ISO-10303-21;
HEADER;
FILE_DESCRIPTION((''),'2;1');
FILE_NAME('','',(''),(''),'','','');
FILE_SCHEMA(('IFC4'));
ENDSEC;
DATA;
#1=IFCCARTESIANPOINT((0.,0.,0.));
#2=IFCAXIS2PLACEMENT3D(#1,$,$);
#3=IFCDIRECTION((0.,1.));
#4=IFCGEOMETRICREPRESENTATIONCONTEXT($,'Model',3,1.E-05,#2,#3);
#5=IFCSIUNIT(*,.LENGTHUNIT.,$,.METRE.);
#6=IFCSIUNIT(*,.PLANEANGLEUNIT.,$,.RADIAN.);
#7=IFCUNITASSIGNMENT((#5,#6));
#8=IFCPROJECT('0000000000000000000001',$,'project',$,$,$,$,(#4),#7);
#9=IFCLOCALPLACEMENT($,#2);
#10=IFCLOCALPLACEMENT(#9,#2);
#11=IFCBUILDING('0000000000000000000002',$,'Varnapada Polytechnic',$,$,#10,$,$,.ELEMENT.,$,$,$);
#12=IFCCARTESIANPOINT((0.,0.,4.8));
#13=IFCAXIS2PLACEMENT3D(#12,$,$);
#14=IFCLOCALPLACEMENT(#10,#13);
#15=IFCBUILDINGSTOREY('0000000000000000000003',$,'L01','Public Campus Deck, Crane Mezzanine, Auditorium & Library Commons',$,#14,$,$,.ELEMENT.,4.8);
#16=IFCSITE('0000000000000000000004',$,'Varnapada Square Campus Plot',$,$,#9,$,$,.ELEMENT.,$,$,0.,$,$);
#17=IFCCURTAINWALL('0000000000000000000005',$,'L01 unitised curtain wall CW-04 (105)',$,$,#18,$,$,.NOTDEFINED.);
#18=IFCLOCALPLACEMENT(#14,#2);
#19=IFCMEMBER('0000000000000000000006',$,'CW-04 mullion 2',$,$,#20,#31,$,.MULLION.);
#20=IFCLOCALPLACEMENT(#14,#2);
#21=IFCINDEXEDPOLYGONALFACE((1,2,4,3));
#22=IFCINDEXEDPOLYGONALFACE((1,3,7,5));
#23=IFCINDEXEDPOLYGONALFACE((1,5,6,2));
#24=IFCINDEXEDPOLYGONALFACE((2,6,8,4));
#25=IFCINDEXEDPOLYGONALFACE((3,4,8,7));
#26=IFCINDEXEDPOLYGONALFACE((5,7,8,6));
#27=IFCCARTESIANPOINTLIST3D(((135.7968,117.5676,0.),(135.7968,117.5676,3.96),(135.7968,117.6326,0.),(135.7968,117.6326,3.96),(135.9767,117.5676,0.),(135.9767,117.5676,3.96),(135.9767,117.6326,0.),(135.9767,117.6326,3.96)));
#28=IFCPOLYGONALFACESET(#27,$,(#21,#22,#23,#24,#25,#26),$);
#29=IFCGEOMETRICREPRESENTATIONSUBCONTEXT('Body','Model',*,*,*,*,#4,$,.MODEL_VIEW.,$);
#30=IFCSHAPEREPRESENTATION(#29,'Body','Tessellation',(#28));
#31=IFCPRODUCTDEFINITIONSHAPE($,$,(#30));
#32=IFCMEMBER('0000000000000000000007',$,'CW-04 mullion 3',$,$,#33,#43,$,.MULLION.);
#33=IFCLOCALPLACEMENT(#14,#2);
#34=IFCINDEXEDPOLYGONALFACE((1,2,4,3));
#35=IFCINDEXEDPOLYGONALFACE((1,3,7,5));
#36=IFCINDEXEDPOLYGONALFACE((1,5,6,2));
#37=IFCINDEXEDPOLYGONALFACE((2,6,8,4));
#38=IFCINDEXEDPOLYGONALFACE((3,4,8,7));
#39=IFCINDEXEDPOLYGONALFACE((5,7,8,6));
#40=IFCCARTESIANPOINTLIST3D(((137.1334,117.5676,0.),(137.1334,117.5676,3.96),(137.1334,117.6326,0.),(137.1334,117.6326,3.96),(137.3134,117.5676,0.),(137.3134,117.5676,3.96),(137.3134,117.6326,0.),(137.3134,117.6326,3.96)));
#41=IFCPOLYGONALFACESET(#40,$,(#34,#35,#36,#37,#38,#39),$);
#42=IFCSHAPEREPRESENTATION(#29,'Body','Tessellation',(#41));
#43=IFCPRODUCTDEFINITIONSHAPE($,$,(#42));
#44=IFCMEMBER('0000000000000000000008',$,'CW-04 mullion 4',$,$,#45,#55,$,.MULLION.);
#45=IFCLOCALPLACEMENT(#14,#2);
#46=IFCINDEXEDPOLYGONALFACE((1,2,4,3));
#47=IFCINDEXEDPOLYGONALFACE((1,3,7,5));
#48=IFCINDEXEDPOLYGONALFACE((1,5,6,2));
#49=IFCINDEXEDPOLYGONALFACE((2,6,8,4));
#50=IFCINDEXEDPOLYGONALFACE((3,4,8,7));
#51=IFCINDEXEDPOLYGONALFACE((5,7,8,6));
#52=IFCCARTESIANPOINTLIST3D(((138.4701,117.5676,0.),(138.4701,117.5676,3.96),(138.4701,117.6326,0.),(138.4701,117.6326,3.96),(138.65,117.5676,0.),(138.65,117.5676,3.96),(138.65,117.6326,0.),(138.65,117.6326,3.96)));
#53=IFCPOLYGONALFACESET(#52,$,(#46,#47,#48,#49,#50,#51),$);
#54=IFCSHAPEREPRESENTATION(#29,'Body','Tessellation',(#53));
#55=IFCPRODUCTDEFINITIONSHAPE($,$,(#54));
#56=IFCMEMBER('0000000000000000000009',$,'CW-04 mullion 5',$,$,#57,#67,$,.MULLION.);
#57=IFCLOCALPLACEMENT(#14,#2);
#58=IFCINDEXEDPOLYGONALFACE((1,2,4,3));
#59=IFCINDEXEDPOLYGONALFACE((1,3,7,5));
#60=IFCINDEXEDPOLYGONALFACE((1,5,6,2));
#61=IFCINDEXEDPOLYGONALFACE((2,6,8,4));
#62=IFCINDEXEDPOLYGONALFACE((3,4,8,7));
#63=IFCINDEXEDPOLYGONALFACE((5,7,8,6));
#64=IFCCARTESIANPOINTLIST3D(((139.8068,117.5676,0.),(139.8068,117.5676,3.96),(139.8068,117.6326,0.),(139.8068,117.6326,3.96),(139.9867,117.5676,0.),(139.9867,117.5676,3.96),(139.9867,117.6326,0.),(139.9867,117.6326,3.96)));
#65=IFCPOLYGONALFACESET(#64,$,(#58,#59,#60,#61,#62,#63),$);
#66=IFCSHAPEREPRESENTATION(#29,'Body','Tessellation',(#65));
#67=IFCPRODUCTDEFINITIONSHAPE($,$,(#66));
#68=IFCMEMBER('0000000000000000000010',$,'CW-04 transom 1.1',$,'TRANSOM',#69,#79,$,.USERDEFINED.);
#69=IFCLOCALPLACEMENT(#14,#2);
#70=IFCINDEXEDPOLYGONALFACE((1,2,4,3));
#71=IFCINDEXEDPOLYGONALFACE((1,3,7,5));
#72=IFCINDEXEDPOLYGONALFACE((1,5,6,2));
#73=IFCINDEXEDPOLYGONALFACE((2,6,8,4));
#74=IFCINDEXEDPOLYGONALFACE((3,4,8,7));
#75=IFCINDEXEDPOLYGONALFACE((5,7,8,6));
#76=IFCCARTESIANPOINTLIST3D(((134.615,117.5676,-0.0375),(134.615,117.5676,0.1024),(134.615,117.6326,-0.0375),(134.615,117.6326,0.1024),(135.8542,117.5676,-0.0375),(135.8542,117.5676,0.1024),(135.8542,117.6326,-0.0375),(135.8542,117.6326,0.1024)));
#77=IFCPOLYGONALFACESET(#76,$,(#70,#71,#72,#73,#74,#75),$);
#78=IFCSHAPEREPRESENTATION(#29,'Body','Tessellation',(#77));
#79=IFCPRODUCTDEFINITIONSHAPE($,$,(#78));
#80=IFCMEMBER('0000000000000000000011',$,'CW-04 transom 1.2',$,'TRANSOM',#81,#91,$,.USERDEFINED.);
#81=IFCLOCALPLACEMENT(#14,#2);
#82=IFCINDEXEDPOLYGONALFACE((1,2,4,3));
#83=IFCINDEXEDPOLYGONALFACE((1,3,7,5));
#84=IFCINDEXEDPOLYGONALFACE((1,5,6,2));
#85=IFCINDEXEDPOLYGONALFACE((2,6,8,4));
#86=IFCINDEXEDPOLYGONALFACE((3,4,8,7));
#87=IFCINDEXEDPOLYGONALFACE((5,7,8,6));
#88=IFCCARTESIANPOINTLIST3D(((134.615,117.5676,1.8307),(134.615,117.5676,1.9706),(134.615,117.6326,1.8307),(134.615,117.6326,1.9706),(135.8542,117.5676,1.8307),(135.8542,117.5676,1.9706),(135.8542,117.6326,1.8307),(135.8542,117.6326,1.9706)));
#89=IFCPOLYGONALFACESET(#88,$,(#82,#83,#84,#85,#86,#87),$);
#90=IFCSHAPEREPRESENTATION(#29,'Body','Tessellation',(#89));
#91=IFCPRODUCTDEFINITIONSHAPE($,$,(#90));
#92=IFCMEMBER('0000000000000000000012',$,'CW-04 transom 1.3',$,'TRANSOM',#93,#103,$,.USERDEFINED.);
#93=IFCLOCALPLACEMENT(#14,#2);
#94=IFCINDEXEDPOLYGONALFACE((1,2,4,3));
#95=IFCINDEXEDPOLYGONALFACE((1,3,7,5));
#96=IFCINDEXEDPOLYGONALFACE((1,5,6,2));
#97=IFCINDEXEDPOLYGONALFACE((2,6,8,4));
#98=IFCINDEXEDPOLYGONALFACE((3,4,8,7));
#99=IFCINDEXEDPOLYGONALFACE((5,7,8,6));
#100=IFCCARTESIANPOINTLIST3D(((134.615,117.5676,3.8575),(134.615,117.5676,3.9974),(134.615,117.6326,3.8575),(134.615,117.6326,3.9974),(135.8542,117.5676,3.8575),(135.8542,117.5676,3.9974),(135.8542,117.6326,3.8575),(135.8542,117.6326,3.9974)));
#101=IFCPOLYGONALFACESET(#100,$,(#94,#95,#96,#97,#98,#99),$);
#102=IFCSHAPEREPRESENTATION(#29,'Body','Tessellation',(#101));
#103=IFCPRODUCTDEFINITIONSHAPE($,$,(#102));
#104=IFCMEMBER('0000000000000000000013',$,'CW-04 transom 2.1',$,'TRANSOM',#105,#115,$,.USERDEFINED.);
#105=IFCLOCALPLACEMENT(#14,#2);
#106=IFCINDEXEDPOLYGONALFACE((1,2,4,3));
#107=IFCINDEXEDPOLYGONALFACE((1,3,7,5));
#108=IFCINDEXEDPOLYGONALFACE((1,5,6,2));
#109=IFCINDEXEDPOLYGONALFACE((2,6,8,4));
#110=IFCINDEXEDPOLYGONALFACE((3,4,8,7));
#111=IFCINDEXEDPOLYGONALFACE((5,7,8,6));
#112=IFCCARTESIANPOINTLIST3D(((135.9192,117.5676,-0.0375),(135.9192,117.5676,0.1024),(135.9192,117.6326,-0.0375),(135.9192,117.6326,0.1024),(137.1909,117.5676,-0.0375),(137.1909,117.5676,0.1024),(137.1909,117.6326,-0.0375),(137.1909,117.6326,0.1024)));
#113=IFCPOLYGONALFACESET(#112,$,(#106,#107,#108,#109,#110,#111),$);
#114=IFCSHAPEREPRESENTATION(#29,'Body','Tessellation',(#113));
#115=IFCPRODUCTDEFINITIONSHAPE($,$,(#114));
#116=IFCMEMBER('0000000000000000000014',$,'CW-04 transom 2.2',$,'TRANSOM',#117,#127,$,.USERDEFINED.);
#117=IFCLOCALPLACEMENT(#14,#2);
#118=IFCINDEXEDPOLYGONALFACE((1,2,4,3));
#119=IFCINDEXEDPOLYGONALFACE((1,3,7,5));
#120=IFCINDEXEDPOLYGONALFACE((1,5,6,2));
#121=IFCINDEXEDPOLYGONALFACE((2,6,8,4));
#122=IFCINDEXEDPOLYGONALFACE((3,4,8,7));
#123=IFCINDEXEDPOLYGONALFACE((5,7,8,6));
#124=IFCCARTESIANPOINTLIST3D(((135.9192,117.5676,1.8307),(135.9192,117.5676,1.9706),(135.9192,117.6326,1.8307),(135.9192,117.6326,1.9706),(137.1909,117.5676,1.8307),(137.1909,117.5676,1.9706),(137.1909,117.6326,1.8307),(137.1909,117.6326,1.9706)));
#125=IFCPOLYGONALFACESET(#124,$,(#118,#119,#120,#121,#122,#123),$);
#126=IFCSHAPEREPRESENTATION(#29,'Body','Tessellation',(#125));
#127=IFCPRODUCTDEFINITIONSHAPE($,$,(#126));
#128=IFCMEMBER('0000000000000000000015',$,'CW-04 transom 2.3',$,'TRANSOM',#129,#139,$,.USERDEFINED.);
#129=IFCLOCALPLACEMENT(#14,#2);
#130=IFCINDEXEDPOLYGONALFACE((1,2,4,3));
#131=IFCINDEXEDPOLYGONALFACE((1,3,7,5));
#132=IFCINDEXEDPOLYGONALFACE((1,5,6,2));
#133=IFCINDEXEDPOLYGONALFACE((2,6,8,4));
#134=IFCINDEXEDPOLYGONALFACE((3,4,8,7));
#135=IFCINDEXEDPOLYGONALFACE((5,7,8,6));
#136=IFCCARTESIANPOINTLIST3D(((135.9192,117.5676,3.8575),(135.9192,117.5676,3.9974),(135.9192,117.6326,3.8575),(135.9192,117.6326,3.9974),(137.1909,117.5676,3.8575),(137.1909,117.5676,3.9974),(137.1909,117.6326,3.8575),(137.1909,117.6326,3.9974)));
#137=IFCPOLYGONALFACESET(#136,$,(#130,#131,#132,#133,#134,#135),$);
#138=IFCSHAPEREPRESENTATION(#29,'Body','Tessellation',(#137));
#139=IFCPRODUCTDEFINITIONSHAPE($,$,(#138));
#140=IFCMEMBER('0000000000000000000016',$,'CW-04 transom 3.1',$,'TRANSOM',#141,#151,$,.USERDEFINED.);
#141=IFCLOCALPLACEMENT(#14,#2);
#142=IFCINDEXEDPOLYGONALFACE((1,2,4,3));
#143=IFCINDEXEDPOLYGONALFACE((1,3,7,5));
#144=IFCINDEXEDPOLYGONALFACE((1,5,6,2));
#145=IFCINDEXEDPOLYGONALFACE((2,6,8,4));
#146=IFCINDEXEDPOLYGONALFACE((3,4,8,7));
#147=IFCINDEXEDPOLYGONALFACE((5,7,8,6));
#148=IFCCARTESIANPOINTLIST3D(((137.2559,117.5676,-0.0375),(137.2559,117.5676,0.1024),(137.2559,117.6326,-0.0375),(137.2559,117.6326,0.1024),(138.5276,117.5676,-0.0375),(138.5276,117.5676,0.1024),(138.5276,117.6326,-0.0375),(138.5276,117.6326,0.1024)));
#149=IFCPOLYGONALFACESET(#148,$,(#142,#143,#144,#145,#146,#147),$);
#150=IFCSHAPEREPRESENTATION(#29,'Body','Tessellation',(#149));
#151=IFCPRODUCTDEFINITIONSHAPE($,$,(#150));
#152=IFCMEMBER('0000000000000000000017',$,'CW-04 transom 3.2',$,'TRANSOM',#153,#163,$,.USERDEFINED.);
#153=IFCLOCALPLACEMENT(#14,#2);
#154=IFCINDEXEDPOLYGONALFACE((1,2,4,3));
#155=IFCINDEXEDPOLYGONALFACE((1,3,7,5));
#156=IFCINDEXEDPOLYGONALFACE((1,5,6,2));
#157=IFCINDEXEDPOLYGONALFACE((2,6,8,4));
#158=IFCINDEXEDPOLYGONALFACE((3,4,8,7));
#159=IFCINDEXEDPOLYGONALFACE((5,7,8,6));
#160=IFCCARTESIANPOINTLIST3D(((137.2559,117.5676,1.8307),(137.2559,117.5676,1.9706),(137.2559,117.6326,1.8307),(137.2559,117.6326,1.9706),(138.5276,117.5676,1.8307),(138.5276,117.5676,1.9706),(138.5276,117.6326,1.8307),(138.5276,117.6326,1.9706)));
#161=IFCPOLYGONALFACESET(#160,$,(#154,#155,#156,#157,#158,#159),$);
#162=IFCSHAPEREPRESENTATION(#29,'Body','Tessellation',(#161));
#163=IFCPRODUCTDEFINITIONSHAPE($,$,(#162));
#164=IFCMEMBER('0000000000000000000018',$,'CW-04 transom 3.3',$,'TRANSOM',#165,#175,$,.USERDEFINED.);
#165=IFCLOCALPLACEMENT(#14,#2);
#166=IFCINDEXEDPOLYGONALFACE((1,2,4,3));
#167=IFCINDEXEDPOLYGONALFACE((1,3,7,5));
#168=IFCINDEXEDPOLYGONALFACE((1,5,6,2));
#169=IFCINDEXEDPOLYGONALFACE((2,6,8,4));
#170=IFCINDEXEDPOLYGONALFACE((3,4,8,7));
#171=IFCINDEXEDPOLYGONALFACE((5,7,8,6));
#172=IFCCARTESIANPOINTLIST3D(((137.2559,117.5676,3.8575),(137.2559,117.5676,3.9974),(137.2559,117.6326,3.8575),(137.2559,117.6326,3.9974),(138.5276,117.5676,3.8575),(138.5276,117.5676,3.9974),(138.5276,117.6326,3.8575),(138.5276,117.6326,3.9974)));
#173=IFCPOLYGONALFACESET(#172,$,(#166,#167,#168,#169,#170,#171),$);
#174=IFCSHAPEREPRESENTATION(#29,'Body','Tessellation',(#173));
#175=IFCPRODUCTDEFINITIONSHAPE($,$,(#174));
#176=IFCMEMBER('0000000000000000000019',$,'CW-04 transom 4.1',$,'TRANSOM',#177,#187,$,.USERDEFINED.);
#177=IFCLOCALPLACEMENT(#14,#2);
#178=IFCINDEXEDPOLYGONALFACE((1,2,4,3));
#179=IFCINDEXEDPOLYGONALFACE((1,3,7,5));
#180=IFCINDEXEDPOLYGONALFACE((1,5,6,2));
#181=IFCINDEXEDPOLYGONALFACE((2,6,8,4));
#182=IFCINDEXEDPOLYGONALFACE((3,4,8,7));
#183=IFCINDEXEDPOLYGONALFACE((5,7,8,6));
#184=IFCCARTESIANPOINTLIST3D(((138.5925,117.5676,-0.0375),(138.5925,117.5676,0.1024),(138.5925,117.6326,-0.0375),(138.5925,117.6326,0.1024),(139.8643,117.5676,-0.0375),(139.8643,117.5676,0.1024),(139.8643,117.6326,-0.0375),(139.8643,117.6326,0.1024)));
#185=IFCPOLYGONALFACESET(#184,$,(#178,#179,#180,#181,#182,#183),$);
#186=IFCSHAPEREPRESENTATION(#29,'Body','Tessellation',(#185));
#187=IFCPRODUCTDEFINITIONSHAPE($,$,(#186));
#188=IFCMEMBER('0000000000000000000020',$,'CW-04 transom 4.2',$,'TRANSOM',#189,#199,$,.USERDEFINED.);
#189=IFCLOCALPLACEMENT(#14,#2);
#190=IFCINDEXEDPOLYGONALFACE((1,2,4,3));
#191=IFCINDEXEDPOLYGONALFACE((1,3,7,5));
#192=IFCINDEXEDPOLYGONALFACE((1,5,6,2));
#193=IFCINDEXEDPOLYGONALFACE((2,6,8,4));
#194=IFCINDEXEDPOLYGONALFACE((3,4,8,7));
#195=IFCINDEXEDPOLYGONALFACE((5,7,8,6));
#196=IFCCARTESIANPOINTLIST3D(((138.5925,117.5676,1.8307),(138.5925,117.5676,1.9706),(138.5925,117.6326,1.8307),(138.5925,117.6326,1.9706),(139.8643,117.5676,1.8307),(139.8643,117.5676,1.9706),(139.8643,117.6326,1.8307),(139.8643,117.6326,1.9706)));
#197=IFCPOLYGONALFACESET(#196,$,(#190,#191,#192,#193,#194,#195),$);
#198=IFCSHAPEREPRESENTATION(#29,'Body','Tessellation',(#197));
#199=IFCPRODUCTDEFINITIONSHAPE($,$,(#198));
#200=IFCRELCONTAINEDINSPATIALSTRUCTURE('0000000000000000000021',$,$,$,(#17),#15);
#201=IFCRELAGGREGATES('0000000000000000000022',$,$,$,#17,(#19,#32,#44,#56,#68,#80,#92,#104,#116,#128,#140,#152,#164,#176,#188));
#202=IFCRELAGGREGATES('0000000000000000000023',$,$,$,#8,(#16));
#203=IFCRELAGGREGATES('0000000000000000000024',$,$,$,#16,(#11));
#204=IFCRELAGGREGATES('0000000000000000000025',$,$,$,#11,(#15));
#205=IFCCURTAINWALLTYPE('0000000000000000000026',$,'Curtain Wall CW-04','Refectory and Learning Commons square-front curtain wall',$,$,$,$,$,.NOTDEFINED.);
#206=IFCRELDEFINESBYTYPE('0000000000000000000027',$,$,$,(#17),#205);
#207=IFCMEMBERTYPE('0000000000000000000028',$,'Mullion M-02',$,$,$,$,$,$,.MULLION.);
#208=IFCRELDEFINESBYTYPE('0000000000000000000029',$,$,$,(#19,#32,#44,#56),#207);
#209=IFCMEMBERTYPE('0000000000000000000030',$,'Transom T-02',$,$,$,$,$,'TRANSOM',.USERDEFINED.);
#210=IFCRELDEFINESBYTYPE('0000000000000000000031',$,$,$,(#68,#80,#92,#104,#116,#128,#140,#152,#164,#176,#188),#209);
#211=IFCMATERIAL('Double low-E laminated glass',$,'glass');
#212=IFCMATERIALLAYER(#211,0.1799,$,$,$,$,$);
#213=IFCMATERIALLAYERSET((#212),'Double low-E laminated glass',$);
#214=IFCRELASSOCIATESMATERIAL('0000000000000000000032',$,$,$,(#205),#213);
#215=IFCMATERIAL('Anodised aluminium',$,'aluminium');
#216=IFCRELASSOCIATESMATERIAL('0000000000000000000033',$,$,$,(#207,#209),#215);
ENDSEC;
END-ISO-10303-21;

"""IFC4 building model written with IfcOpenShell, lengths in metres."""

from ifc_helpers import new_model, si_unit, direction, frame, origin, origin_2d, place, context, subcontext, project, spatial, rectangle, extrude, material, layer, layer_set, material_profile, profile_set, type_object, element, aggregate, save


model = new_model("IFC4")

# Units and contexts
model_context = context("Model", 3, precision=1e-05, world=origin(), true_north=direction((0.0, 1.0)))
body_context = subcontext(model_context, "Body", "Model", "MODEL_VIEW")
ifc_project = project(units=[si_unit("LENGTHUNIT", "METRE"), si_unit("PLANEANGLEUNIT", "RADIAN")], contexts=[model_context])

# Site, building, storey
site_placement = place(None, origin())
site = spatial("IfcSite", under=ifc_project, at=site_placement, Name="Varnapada Square Campus Plot", CompositionType="ELEMENT", RefElevation=0.0)
building_placement = place(site_placement, origin())
building = spatial("IfcBuilding", under=site, at=building_placement, Name="Varnapada Polytechnic", CompositionType="ELEMENT")
storey_placement = place(building_placement, frame((0.0, 0.0, 4.8)))
storey = spatial("IfcBuildingStorey", under=building, at=storey_placement, Name="L01", Description="Public Campus Deck, Crane Mezzanine, Auditorium & Library Commons", CompositionType="ELEMENT", Elevation=4.8)

# Curtain wall, members
ifc_material_1 = material(Name="Double low-E laminated glass", Category="glass")
ifc_layer_1 = layer(ifc_material_1, 0.1799)
ifc_layer_set_1 = layer_set([ifc_layer_1], Name="Double low-E laminated glass")
curtain_wall_type = type_object("IfcCurtainWallType", Name="Curtain Wall CW-04", Description="Refectory and Learning Commons square-front curtain wall", PredefinedType="NOTDEFINED", material=ifc_layer_set_1)
curtain_wall_placement = place(storey_placement, origin())
curtain_wall = element("IfcCurtainWall", 1, at=curtain_wall_placement, inside=storey, type_object=curtain_wall_type, Name="L01 unitised curtain wall CW-04 (105)", PredefinedType="NOTDEFINED")
ifc_material_2 = material(Name="Anodised aluminium", Category="aluminium")
ifc_material_profile_1 = material_profile(ifc_material_2, rectangle(XDim=0.0649, YDim=0.1799, at=origin_2d()), Name="ALU M65x180")
ifc_profile_set_1 = profile_set([ifc_material_profile_1], Name="Anodised aluminium")
member_type_1 = type_object("IfcMemberType", Name="Mullion M-02", PredefinedType="MULLION", material=ifc_profile_set_1)
member_1_placement = place(storey_placement, frame((135.8867, 117.6001, 0.0), z_axis=(0.0, 0.0, 1.0), x_axis=(0.0, 1.0, 0.0)))
member_1 = element("IfcMember", 2, at=member_1_placement, type_object=member_type_1, Name="CW-04 mullion 2", PredefinedType="MULLION", context=body_context, shape_type="SweptSolid", body=[
    extrude(rectangle(XDim=0.0649, YDim=0.1799, at=origin_2d()), origin(), (0.0, 0.0, 1.0), 3.96),
])
member_2_placement = place(storey_placement, frame((137.2234, 117.6001, 0.0), z_axis=(0.0, 0.0, 1.0), x_axis=(0.0, 1.0, 0.0)))
member_2 = element("IfcMember", 3, at=member_2_placement, type_object=member_type_1, Name="CW-04 mullion 3", PredefinedType="MULLION", context=body_context, shape_type="SweptSolid", body=[
    extrude(rectangle(XDim=0.0649, YDim=0.1799, at=origin_2d()), origin(), (0.0, 0.0, 1.0), 3.96),
])
member_3_placement = place(storey_placement, frame((138.5601, 117.6001, 0.0), z_axis=(0.0, 0.0, 1.0), x_axis=(0.0, 1.0, 0.0)))
member_3 = element("IfcMember", 4, at=member_3_placement, type_object=member_type_1, Name="CW-04 mullion 4", PredefinedType="MULLION", context=body_context, shape_type="SweptSolid", body=[
    extrude(rectangle(XDim=0.0649, YDim=0.1799, at=origin_2d()), origin(), (0.0, 0.0, 1.0), 3.96),
])
member_4_placement = place(storey_placement, frame((139.8967, 117.6001, 0.0), z_axis=(0.0, 0.0, 1.0), x_axis=(0.0, 1.0, 0.0)))
member_4 = element("IfcMember", 5, at=member_4_placement, type_object=member_type_1, Name="CW-04 mullion 5", PredefinedType="MULLION", context=body_context, shape_type="SweptSolid", body=[
    extrude(rectangle(XDim=0.0649, YDim=0.1799, at=origin_2d()), origin(), (0.0, 0.0, 1.0), 3.96),
])
ifc_material_profile_2 = material_profile(ifc_material_2, rectangle(XDim=0.0649, YDim=0.1399, at=origin_2d()), Name="ALU T65x140")
ifc_profile_set_2 = profile_set([ifc_material_profile_2], Name="Anodised aluminium")
member_type_2 = type_object("IfcMemberType", Name="Transom T-02", ElementType="TRANSOM", PredefinedType="USERDEFINED", material=ifc_profile_set_2)
member_5_placement = place(storey_placement, frame((134.615, 117.6001, 0.0325), z_axis=(1.0, 0.0, 0.0), x_axis=(0.0, 1.0, 0.0)))
member_5 = element("IfcMember", 6, at=member_5_placement, type_object=member_type_2, Name="CW-04 transom 1.1", ObjectType="TRANSOM", PredefinedType="USERDEFINED", context=body_context, shape_type="SweptSolid", body=[
    extrude(rectangle(XDim=0.0649, YDim=0.1399, at=origin_2d()), origin(), (0.0, 0.0, 1.0), 1.2393),
])
member_6_placement = place(storey_placement, frame((134.615, 117.6001, 1.9006), z_axis=(1.0, 0.0, 0.0), x_axis=(0.0, 1.0, 0.0)))
member_6 = element("IfcMember", 7, at=member_6_placement, type_object=member_type_2, Name="CW-04 transom 1.2", ObjectType="TRANSOM", PredefinedType="USERDEFINED", context=body_context, shape_type="SweptSolid", body=[
    extrude(rectangle(XDim=0.0649, YDim=0.1399, at=origin_2d()), origin(), (0.0, 0.0, 1.0), 1.2393),
])
member_7_placement = place(storey_placement, frame((134.615, 117.6001, 3.9275), z_axis=(1.0, 0.0, 0.0), x_axis=(0.0, 1.0, 0.0)))
member_7 = element("IfcMember", 8, at=member_7_placement, type_object=member_type_2, Name="CW-04 transom 1.3", ObjectType="TRANSOM", PredefinedType="USERDEFINED", context=body_context, shape_type="SweptSolid", body=[
    extrude(rectangle(XDim=0.0649, YDim=0.1399, at=origin_2d()), origin(), (0.0, 0.0, 1.0), 1.2393),
])
member_8_placement = place(storey_placement, frame((135.9192, 117.6001, 0.0325), z_axis=(1.0, 0.0, 0.0), x_axis=(0.0, 1.0, 0.0)))
member_8 = element("IfcMember", 9, at=member_8_placement, type_object=member_type_2, Name="CW-04 transom 2.1", ObjectType="TRANSOM", PredefinedType="USERDEFINED", context=body_context, shape_type="SweptSolid", body=[
    extrude(rectangle(XDim=0.0649, YDim=0.1399, at=origin_2d()), origin(), (0.0, 0.0, 1.0), 1.2717),
])
member_9_placement = place(storey_placement, frame((135.9192, 117.6001, 1.9006), z_axis=(1.0, 0.0, 0.0), x_axis=(0.0, 1.0, 0.0)))
member_9 = element("IfcMember", 10, at=member_9_placement, type_object=member_type_2, Name="CW-04 transom 2.2", ObjectType="TRANSOM", PredefinedType="USERDEFINED", context=body_context, shape_type="SweptSolid", body=[
    extrude(rectangle(XDim=0.0649, YDim=0.1399, at=origin_2d()), origin(), (0.0, 0.0, 1.0), 1.2717),
])
member_10_placement = place(storey_placement, frame((135.9192, 117.6001, 3.9275), z_axis=(1.0, 0.0, 0.0), x_axis=(0.0, 1.0, 0.0)))
member_10 = element("IfcMember", 11, at=member_10_placement, type_object=member_type_2, Name="CW-04 transom 2.3", ObjectType="TRANSOM", PredefinedType="USERDEFINED", context=body_context, shape_type="SweptSolid", body=[
    extrude(rectangle(XDim=0.0649, YDim=0.1399, at=origin_2d()), origin(), (0.0, 0.0, 1.0), 1.2717),
])
member_11_placement = place(storey_placement, frame((137.2559, 117.6001, 0.0325), z_axis=(1.0, 0.0, 0.0), x_axis=(0.0, 1.0, 0.0)))
member_11 = element("IfcMember", 12, at=member_11_placement, type_object=member_type_2, Name="CW-04 transom 3.1", ObjectType="TRANSOM", PredefinedType="USERDEFINED", context=body_context, shape_type="SweptSolid", body=[
    extrude(rectangle(XDim=0.0649, YDim=0.1399, at=origin_2d()), origin(), (0.0, 0.0, 1.0), 1.2717),
])
member_12_placement = place(storey_placement, frame((137.2559, 117.6001, 1.9006), z_axis=(1.0, 0.0, 0.0), x_axis=(0.0, 1.0, 0.0)))
member_12 = element("IfcMember", 13, at=member_12_placement, type_object=member_type_2, Name="CW-04 transom 3.2", ObjectType="TRANSOM", PredefinedType="USERDEFINED", context=body_context, shape_type="SweptSolid", body=[
    extrude(rectangle(XDim=0.0649, YDim=0.1399, at=origin_2d()), origin(), (0.0, 0.0, 1.0), 1.2717),
])
member_13_placement = place(storey_placement, frame((137.2559, 117.6001, 3.9275), z_axis=(1.0, 0.0, 0.0), x_axis=(0.0, 1.0, 0.0)))
member_13 = element("IfcMember", 14, at=member_13_placement, type_object=member_type_2, Name="CW-04 transom 3.3", ObjectType="TRANSOM", PredefinedType="USERDEFINED", context=body_context, shape_type="SweptSolid", body=[
    extrude(rectangle(XDim=0.0649, YDim=0.1399, at=origin_2d()), origin(), (0.0, 0.0, 1.0), 1.2717),
])
member_14_placement = place(storey_placement, frame((138.5925, 117.6001, 0.0325), z_axis=(1.0, 0.0, 0.0), x_axis=(0.0, 1.0, 0.0)))
member_14 = element("IfcMember", 15, at=member_14_placement, type_object=member_type_2, Name="CW-04 transom 4.1", ObjectType="TRANSOM", PredefinedType="USERDEFINED", context=body_context, shape_type="SweptSolid", body=[
    extrude(rectangle(XDim=0.0649, YDim=0.1399, at=origin_2d()), origin(), (0.0, 0.0, 1.0), 1.2717),
])
member_15_placement = place(storey_placement, frame((138.5925, 117.6001, 1.9006), z_axis=(1.0, 0.0, 0.0), x_axis=(0.0, 1.0, 0.0)))
member_15 = element("IfcMember", 16, at=member_15_placement, type_object=member_type_2, Name="CW-04 transom 4.2", ObjectType="TRANSOM", PredefinedType="USERDEFINED", context=body_context, shape_type="SweptSolid", body=[
    extrude(rectangle(XDim=0.0649, YDim=0.1399, at=origin_2d()), origin(), (0.0, 0.0, 1.0), 1.2717),
])
aggregate(curtain_wall, [member_1, member_2, member_3, member_4, member_5, member_6, member_7, member_8, member_9, member_10, member_11, member_12, member_13, member_14, member_15])

save(model, "model.ifc")
